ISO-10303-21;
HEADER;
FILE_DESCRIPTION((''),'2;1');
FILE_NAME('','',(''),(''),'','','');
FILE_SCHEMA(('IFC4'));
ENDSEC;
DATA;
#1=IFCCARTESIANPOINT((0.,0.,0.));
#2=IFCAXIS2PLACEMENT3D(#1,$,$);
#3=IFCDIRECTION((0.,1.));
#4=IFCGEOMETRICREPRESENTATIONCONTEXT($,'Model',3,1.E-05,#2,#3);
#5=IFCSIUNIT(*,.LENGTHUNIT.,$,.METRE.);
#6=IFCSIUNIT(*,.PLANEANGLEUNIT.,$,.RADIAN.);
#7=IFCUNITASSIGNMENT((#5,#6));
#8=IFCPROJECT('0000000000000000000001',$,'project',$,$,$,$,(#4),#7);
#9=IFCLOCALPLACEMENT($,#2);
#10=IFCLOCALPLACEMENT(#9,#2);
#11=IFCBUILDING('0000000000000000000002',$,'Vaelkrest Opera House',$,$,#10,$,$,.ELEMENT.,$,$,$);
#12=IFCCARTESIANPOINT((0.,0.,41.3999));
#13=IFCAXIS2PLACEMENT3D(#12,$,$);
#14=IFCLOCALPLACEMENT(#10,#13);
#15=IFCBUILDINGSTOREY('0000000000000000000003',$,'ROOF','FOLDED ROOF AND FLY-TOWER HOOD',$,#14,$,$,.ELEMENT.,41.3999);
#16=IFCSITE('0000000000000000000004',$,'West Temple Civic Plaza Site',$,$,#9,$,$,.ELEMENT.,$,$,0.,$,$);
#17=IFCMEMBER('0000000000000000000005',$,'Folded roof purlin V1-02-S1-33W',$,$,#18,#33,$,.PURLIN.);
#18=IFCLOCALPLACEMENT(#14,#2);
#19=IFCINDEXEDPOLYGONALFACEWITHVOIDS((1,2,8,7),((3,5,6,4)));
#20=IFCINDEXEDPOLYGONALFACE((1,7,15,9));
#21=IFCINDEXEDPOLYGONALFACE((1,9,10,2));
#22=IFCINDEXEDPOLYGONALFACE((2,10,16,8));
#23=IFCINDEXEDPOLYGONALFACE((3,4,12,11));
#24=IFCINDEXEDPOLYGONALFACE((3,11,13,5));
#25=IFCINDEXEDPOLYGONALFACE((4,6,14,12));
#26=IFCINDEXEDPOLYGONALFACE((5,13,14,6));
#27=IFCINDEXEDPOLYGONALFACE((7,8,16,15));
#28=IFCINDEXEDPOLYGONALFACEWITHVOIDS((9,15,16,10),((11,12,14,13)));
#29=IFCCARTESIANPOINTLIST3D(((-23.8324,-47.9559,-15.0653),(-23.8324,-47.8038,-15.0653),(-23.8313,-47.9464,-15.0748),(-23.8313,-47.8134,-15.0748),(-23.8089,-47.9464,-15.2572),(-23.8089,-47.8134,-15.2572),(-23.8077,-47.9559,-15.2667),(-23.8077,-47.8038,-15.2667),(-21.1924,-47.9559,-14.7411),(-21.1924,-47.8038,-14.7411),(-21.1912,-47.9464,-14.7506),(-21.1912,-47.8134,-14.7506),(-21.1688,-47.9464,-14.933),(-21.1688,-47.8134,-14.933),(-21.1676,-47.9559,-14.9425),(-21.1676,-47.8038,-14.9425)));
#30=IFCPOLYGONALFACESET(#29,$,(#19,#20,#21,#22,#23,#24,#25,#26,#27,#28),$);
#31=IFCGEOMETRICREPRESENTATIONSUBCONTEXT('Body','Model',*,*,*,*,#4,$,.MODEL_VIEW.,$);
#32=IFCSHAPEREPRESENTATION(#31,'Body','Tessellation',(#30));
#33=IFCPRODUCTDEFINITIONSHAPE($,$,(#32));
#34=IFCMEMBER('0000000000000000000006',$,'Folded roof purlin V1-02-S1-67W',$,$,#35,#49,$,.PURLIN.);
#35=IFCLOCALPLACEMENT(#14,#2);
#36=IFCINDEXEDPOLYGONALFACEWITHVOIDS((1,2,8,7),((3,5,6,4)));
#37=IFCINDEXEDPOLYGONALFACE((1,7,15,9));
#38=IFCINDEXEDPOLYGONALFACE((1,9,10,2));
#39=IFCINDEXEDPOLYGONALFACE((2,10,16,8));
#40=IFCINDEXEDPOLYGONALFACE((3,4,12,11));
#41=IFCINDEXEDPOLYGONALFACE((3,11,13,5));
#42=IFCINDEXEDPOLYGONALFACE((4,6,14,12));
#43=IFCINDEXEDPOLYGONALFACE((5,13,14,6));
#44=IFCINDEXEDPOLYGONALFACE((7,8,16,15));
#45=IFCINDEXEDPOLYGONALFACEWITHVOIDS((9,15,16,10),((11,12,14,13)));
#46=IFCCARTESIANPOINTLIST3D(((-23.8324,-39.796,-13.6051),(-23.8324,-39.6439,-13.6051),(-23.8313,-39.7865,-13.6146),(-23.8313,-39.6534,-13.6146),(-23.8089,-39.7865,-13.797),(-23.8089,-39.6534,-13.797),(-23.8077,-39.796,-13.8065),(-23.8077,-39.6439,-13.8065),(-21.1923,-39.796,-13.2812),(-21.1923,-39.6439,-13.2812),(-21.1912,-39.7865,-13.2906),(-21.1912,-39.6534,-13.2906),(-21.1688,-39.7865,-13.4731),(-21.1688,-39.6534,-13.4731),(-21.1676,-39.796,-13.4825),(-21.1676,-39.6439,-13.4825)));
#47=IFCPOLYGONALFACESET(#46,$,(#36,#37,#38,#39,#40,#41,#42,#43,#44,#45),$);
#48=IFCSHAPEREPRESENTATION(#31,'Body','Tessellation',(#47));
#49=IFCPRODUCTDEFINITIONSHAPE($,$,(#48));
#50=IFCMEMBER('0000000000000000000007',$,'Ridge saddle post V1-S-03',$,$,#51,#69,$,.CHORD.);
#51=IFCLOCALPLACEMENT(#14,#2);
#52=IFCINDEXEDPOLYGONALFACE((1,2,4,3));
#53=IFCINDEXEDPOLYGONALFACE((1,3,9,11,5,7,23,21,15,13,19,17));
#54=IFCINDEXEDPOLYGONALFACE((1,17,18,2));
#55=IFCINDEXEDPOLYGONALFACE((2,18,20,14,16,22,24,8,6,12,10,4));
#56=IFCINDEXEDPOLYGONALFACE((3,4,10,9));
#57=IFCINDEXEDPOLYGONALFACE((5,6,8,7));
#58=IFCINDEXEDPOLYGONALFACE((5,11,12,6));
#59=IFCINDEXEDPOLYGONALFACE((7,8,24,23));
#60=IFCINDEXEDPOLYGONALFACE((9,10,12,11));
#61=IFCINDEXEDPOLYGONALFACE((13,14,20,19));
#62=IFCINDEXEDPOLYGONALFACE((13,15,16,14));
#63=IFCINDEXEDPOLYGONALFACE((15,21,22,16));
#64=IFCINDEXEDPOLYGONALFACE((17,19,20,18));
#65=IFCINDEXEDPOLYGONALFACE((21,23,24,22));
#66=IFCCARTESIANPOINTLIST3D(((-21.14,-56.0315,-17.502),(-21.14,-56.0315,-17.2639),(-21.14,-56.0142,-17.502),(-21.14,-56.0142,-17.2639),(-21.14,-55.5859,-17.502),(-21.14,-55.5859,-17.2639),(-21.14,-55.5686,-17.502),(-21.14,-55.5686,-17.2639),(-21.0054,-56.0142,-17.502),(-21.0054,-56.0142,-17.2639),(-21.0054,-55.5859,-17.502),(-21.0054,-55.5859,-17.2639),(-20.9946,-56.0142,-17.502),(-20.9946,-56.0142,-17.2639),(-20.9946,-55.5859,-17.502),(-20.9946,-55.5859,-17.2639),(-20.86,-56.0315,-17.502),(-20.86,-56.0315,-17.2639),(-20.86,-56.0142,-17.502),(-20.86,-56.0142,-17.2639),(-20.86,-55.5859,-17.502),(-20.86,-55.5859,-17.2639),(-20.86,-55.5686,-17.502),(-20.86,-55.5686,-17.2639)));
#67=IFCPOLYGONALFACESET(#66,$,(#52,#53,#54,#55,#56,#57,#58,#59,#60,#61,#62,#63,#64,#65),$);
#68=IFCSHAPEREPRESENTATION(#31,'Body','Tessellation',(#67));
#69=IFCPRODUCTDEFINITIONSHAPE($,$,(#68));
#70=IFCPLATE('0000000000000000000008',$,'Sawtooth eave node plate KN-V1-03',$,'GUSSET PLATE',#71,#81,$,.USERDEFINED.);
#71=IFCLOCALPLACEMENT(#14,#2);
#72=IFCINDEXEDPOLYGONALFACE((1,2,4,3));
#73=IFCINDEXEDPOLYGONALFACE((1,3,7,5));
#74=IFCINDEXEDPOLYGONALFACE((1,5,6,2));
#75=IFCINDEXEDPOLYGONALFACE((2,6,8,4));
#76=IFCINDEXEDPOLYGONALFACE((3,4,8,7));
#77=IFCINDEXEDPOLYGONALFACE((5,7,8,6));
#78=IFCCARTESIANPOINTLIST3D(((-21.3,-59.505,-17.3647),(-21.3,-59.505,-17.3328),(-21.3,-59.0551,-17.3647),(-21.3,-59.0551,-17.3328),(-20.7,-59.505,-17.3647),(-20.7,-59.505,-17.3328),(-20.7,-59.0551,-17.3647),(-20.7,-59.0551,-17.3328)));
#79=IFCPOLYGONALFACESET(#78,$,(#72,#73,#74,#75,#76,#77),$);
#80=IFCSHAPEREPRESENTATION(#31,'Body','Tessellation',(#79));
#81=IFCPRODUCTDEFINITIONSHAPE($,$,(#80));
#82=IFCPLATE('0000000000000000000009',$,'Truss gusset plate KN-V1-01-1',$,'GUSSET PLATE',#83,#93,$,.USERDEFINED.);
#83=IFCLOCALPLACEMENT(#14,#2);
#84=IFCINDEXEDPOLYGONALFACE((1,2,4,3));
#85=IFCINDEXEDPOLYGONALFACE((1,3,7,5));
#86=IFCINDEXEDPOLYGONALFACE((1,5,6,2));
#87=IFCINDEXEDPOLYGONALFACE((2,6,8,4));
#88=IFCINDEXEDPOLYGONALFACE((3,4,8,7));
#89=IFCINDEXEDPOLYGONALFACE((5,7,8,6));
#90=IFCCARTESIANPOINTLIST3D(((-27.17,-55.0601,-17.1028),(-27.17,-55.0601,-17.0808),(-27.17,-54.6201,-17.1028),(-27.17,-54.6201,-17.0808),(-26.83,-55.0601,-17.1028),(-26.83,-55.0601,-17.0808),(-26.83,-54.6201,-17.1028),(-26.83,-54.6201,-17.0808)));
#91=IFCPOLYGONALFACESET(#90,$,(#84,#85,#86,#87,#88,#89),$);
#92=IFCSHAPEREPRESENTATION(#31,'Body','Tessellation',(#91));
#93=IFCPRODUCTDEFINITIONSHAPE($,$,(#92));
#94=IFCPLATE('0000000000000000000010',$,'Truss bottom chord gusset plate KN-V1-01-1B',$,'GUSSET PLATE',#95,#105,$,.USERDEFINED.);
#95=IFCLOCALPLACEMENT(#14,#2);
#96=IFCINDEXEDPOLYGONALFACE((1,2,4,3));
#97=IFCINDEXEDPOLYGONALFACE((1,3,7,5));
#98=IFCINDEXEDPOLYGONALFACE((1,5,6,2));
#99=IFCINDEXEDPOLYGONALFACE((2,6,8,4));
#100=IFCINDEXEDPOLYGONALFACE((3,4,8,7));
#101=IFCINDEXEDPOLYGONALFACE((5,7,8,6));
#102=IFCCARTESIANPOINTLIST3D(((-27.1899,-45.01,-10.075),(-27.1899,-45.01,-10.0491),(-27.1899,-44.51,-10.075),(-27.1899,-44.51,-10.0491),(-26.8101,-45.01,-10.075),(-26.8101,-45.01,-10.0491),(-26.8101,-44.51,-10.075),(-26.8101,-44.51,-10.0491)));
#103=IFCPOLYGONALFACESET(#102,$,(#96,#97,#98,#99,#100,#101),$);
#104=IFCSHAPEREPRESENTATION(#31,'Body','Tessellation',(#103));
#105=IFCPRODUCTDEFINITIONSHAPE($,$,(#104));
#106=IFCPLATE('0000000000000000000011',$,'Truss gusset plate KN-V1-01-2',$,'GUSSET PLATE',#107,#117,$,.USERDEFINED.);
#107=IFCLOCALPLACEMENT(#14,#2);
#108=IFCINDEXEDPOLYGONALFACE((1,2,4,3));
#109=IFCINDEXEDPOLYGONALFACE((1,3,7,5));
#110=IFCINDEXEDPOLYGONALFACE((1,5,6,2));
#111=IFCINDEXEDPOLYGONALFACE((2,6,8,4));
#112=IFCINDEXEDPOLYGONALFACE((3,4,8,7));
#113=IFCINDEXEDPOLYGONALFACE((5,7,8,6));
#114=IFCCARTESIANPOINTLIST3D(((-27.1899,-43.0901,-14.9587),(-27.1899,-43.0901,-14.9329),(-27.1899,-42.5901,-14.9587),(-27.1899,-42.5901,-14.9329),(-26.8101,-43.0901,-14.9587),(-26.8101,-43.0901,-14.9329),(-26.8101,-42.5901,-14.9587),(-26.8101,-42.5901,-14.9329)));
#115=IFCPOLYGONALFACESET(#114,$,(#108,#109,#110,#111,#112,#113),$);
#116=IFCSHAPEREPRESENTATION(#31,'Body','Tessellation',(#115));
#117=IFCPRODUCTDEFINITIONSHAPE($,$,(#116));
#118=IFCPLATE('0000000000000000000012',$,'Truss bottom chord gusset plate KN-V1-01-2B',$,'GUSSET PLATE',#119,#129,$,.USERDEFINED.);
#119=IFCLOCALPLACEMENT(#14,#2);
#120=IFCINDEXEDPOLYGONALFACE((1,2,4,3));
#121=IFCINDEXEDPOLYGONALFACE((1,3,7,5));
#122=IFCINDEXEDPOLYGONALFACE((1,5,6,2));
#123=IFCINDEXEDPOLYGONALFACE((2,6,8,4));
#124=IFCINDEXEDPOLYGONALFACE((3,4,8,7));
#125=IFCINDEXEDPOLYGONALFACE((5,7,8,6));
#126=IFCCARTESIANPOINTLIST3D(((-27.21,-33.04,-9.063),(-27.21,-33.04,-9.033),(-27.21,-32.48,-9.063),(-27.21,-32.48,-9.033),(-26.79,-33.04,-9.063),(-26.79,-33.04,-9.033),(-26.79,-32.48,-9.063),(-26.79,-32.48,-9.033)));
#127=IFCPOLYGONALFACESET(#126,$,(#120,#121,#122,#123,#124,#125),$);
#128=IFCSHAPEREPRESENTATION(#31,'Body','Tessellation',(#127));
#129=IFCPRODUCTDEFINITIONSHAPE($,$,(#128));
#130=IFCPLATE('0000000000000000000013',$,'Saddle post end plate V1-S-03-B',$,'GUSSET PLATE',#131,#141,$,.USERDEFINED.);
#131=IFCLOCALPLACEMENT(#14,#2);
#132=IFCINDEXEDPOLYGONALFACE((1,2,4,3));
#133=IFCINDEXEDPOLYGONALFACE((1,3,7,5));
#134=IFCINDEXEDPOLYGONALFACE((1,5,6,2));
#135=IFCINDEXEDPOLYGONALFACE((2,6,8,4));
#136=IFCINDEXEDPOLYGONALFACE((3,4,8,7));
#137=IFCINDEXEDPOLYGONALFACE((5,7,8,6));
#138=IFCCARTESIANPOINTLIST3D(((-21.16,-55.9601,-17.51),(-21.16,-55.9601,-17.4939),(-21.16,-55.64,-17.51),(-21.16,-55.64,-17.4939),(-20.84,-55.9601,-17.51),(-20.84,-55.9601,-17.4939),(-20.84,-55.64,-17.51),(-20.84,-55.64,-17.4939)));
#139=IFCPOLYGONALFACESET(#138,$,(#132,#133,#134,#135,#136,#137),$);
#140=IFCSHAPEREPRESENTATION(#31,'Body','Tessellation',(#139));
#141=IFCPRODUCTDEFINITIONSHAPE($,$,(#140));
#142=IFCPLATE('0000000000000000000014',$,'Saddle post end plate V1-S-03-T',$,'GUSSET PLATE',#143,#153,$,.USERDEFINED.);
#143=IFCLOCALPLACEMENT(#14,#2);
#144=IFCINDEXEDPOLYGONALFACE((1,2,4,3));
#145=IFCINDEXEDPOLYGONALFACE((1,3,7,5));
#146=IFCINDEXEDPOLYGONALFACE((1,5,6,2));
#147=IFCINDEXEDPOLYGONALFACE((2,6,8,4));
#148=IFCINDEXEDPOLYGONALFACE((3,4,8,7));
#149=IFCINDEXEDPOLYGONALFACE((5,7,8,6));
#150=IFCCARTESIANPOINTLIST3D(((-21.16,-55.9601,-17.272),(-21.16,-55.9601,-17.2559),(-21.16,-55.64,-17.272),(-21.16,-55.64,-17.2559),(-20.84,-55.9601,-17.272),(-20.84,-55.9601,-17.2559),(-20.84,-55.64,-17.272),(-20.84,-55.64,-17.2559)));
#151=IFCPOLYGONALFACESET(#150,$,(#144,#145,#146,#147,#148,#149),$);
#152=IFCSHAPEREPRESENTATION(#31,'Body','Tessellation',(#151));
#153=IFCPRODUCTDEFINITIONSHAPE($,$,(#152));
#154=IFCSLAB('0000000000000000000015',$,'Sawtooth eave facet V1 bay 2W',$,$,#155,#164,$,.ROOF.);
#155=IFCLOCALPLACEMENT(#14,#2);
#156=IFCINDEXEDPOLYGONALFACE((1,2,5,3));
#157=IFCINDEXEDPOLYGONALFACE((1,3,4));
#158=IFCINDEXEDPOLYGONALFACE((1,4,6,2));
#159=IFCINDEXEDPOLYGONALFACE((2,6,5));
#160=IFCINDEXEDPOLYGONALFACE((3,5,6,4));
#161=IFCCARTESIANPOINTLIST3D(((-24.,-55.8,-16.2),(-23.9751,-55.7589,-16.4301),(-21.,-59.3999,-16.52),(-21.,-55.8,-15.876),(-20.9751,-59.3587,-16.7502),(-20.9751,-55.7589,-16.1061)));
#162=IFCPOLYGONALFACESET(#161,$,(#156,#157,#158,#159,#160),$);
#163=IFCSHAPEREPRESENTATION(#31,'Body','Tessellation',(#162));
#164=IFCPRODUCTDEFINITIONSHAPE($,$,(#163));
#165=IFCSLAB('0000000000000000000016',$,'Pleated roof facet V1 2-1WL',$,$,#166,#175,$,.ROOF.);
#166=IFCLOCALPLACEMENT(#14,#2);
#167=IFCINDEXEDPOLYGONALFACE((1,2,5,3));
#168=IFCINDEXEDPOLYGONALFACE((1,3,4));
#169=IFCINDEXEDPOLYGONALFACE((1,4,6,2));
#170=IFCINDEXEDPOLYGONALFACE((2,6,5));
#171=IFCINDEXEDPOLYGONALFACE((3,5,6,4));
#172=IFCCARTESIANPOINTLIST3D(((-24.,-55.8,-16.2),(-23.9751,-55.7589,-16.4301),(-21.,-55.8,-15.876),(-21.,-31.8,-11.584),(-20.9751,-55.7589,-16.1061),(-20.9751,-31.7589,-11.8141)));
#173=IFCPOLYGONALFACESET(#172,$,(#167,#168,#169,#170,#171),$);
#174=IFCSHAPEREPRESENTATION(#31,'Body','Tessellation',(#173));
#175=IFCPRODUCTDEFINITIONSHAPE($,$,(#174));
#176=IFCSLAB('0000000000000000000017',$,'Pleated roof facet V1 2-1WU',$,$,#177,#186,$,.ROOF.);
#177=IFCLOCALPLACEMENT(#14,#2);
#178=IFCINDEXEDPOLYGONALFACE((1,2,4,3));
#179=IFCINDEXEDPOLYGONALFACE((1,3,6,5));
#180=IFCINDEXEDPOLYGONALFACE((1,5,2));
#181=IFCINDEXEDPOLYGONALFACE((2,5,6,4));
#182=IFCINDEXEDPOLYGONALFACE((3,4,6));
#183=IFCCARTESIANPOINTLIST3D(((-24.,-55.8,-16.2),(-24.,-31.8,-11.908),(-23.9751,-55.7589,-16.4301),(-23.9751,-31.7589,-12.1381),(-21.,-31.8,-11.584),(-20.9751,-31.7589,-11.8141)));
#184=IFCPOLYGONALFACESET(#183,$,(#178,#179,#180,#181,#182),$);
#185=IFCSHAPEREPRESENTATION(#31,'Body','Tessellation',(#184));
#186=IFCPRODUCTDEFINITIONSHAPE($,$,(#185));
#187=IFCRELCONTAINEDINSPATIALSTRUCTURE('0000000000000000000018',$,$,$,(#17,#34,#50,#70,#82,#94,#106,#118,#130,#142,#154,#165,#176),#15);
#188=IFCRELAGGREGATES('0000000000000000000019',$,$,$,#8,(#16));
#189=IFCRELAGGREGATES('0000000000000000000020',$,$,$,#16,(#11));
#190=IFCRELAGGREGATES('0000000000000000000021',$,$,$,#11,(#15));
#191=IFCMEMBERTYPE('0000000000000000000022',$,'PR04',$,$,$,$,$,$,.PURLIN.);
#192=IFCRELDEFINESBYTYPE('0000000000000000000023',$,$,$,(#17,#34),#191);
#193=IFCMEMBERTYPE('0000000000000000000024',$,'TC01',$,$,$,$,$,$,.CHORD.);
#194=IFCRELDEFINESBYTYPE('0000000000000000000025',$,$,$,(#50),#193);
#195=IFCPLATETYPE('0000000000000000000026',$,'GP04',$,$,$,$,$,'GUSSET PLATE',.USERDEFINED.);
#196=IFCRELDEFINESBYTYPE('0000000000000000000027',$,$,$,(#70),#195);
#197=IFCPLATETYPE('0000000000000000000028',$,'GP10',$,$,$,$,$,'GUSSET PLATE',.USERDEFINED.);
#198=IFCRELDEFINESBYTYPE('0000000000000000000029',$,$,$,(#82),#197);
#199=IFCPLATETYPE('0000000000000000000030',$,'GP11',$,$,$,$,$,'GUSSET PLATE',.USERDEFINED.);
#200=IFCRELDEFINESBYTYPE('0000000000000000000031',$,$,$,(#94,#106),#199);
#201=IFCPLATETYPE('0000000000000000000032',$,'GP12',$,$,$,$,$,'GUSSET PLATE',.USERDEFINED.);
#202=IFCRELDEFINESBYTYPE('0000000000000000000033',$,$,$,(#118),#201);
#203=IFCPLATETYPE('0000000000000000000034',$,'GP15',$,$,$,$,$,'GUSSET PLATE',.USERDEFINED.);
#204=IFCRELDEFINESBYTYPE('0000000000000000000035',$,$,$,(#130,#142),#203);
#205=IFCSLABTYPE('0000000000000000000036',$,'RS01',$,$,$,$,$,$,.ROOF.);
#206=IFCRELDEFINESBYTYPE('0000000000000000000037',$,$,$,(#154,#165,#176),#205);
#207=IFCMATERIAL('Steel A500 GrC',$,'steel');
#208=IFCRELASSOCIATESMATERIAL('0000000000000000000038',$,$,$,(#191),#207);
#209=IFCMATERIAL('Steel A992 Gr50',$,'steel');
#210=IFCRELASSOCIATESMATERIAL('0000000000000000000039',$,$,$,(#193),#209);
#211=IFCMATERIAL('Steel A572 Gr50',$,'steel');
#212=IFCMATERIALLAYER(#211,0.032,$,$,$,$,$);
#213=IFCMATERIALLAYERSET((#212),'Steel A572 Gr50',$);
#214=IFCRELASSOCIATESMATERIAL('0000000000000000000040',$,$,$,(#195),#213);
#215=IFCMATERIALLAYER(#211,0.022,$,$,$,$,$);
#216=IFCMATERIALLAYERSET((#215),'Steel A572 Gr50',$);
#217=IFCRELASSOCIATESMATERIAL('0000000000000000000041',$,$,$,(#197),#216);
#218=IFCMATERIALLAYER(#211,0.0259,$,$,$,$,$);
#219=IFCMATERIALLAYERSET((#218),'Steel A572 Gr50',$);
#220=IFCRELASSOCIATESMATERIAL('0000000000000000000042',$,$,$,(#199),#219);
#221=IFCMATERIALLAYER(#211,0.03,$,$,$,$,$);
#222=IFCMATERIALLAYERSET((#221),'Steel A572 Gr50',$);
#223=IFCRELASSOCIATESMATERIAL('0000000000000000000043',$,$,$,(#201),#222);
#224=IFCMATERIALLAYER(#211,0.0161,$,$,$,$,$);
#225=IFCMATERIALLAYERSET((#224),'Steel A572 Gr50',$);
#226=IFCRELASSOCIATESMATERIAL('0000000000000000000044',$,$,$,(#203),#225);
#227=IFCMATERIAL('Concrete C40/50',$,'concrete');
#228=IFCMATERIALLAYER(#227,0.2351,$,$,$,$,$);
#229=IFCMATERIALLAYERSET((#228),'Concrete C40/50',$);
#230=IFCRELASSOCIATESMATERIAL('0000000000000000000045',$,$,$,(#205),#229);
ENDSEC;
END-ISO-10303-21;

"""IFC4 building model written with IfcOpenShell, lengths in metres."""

from ifc_helpers import new_model, si_unit, direction, frame, origin, origin_2d, place, context, subcontext, project, spatial, polyline, rectangle, hollow_rectangle, i_section, outline, extrude, material, layer, layer_set, material_profile, profile_set, type_object, element, save


model = new_model("IFC4")

# Units and contexts
model_context = context("Model", 3, precision=1e-05, world=origin(), true_north=direction((0.0, 1.0)))
body_context = subcontext(model_context, "Body", "Model", "MODEL_VIEW")
ifc_project = project(units=[si_unit("LENGTHUNIT", "METRE"), si_unit("PLANEANGLEUNIT", "RADIAN")], contexts=[model_context])

# Site, building, storey
site_placement = place(None, origin())
site = spatial("IfcSite", under=ifc_project, at=site_placement, Name="West Temple Civic Plaza Site", CompositionType="ELEMENT", RefElevation=0.0)
building_placement = place(site_placement, origin())
building = spatial("IfcBuilding", under=site, at=building_placement, Name="Vaelkrest Opera House", CompositionType="ELEMENT")
storey_placement = place(building_placement, frame((0.0, 0.0, 41.3999)))
storey = spatial("IfcBuildingStorey", under=building, at=storey_placement, Name="ROOF", Description="FOLDED ROOF AND FLY-TOWER HOOD", CompositionType="ELEMENT", Elevation=41.3999)

# Shared definitions
ifc_material_1 = material(Name="Steel A992 Gr50", Category="steel")

# Members
ifc_material_2 = material(Name="Steel A500 GrC", Category="steel")
ifc_material_profile_1 = material_profile(ifc_material_2, hollow_rectangle(XDim=0.1521, YDim=0.2029, WallThickness=0.0095, at=origin_2d()), Name="HSS203X152X9.5")
ifc_profile_set_1 = profile_set([ifc_material_profile_1], Name="Steel A500 GrC")
member_type_1 = type_object("IfcMemberType", Name="PR04", PredefinedType="PURLIN", material=ifc_profile_set_1)
for number, where, z_axis, x_axis, name in (
    (1, (-23.8201, -47.8799, -15.166), (0.992544, 0.0, 0.121888), (0.0, 1.0, 0.0), "Folded roof purlin V1-02-S1-33W"),
    (2, (-23.8201, -39.72, -13.7058), (0.992555, 0.0, 0.121798), (0.0, 1.0, 0.0), "Folded roof purlin V1-02-S1-67W"),
):
    element("IfcMember", number, at=place(storey_placement, frame(where, z_axis=z_axis, x_axis=x_axis)), inside=storey, type_object=member_type_1, Name=name, PredefinedType="PURLIN", context=body_context, shape_type="SweptSolid", body=[
        extrude(hollow_rectangle(XDim=0.1521, YDim=0.2029, WallThickness=0.0095, at=origin_2d()), origin(), (0.0, 0.0, 1.0), 2.6599),
    ])
ifc_material_profile_2 = material_profile(ifc_material_1, i_section(OverallWidth=0.28, OverallDepth=0.4629, WebThickness=0.0107, FlangeThickness=0.0173, at=origin_2d()), Name="W18X76")
ifc_profile_set_2 = profile_set([ifc_material_profile_2], Name="Steel A992 Gr50")
member_type_2 = type_object("IfcMemberType", Name="TC01", PredefinedType="CHORD", material=ifc_profile_set_2)
member_1_placement = place(storey_placement, frame((-21.0, -55.8, -17.502), z_axis=(0.0, 0.0, 1.0), x_axis=(1.0, 0.0, 0.0)))
element("IfcMember", 3, at=member_1_placement, inside=storey, type_object=member_type_2, Name="Ridge saddle post V1-S-03", PredefinedType="CHORD", context=body_context, shape_type="SweptSolid", body=[
    extrude(i_section(OverallWidth=0.28, OverallDepth=0.4629, WebThickness=0.0107, FlangeThickness=0.0173, at=origin_2d()), origin(), (0.0, 0.0, 1.0), 0.238),
])

# Plates
ifc_material_3 = material(Name="Steel A572 Gr50", Category="steel")
ifc_layer_1 = layer(ifc_material_3, 0.032)
ifc_layer_set_1 = layer_set([ifc_layer_1], Name="Steel A572 Gr50")
plate_type_1 = type_object("IfcPlateType", Name="GP04", ElementType="GUSSET PLATE", PredefinedType="USERDEFINED", material=ifc_layer_set_1)
plate_1_placement = place(storey_placement, frame((-21.0, -59.28, -17.3647), z_axis=(0.0, 0.0, 1.0), x_axis=(1.0, 0.0, 0.0)))
element("IfcPlate", 4, at=plate_1_placement, inside=storey, type_object=plate_type_1, Name="Sawtooth eave node plate KN-V1-03", ObjectType="GUSSET PLATE", PredefinedType="USERDEFINED", context=body_context, shape_type="SweptSolid", body=[
    extrude(rectangle(XDim=0.6001, YDim=0.45, at=origin_2d()), origin(), (0.0, 0.0, 1.0), 0.032),
])
ifc_layer_2 = layer(ifc_material_3, 0.022)
ifc_layer_set_2 = layer_set([ifc_layer_2], Name="Steel A572 Gr50")
plate_type_2 = type_object("IfcPlateType", Name="GP10", ElementType="GUSSET PLATE", PredefinedType="USERDEFINED", material=ifc_layer_set_2)
plate_2_placement = place(storey_placement, frame((-27.0, -54.8401, -17.1028), z_axis=(0.0, 0.0, 1.0), x_axis=(0.0, 1.0, 0.0)))
element("IfcPlate", 5, at=plate_2_placement, inside=storey, type_object=plate_type_2, Name="Truss gusset plate KN-V1-01-1", ObjectType="GUSSET PLATE", PredefinedType="USERDEFINED", context=body_context, shape_type="SweptSolid", body=[
    extrude(rectangle(XDim=0.4399, YDim=0.3401, at=origin_2d()), origin(), (0.0, 0.0, 1.0), 0.022),
])
ifc_layer_3 = layer(ifc_material_3, 0.0259)
ifc_layer_set_3 = layer_set([ifc_layer_3], Name="Steel A572 Gr50")
plate_type_3 = type_object("IfcPlateType", Name="GP11", ElementType="GUSSET PLATE", PredefinedType="USERDEFINED", material=ifc_layer_set_3)
for number, where, z_axis, x_axis, name in (
    (6, (-27.0, -44.76, -10.075), (0.0, 0.0, 1.0), (0.0, 1.0, 0.0), "Truss bottom chord gusset plate KN-V1-01-1B"),
    (7, (-27.0, -42.8401, -14.9587), (0.0, 0.0, 1.0), (0.0, 1.0, 0.0), "Truss gusset plate KN-V1-01-2"),
):
    element("IfcPlate", number, at=place(storey_placement, frame(where, z_axis=z_axis, x_axis=x_axis)), inside=storey, type_object=plate_type_3, Name=name, ObjectType="GUSSET PLATE", PredefinedType="USERDEFINED", context=body_context, shape_type="SweptSolid", body=[
        extrude(rectangle(XDim=0.5, YDim=0.3799, at=origin_2d()), origin(), (0.0, 0.0, 1.0), 0.0259),
    ])
ifc_layer_4 = layer(ifc_material_3, 0.03)
ifc_layer_set_4 = layer_set([ifc_layer_4], Name="Steel A572 Gr50")
plate_type_4 = type_object("IfcPlateType", Name="GP12", ElementType="GUSSET PLATE", PredefinedType="USERDEFINED", material=ifc_layer_set_4)
plate_3_placement = place(storey_placement, frame((-27.0, -32.76, -9.063), z_axis=(0.0, 0.0, 1.0), x_axis=(0.0, 1.0, 0.0)))
element("IfcPlate", 8, at=plate_3_placement, inside=storey, type_object=plate_type_4, Name="Truss bottom chord gusset plate KN-V1-01-2B", ObjectType="GUSSET PLATE", PredefinedType="USERDEFINED", context=body_context, shape_type="SweptSolid", body=[
    extrude(rectangle(XDim=0.5601, YDim=0.4199, at=origin_2d()), origin(), (0.0, 0.0, 1.0), 0.03),
])
ifc_layer_5 = layer(ifc_material_3, 0.0161)
ifc_layer_set_5 = layer_set([ifc_layer_5], Name="Steel A572 Gr50")
plate_type_5 = type_object("IfcPlateType", Name="GP15", ElementType="GUSSET PLATE", PredefinedType="USERDEFINED", material=ifc_layer_set_5)
for number, where, z_axis, x_axis, name in (
    (9, (-21.0, -55.8, -17.51), (0.0, 0.0, 1.0), (1.0, 0.0, 0.0), "Saddle post end plate V1-S-03-B"),
    (10, (-21.0, -55.8, -17.272), (0.0, 0.0, 1.0), (1.0, 0.0, 0.0), "Saddle post end plate V1-S-03-T"),
):
    element("IfcPlate", number, at=place(storey_placement, frame(where, z_axis=z_axis, x_axis=x_axis)), inside=storey, type_object=plate_type_5, Name=name, ObjectType="GUSSET PLATE", PredefinedType="USERDEFINED", context=body_context, shape_type="SweptSolid", body=[
        extrude(rectangle(XDim=0.3201, YDim=0.3201, at=origin_2d()), origin(), (0.0, 0.0, 1.0), 0.0161),
    ])

# Slabs
ifc_material_4 = material(Name="Concrete C40/50", Category="concrete")
ifc_layer_6 = layer(ifc_material_4, 0.2351)
ifc_layer_set_6 = layer_set([ifc_layer_6], Name="Concrete C40/50")
slab_type = type_object("IfcSlabType", Name="RS01", PredefinedType="ROOF", material=ifc_layer_set_6)
slab_1_placement = place(storey_placement, frame((-24.0, -55.8, -16.2), z_axis=(-0.105708, -0.175125, 0.978855), x_axis=(0.638712, -0.766423, -0.068144)))
element("IfcSlab", 11, at=slab_1_placement, inside=storey, type_object=slab_type, Name="Sawtooth eave facet V1 bay 2W", PredefinedType="ROOF", context=body_context, shape_type="SweptSolid", body=[
    extrude(outline(polyline([(0.0, 0.0), (4.697, 0.0), (1.8941, 2.3489), (0.0, 0.0)])), origin(), (0.0, 0.0, -1.0), 0.2351),
])
slab_2_placement = place(storey_placement, frame((-24.0, -55.8, -16.2), z_axis=(-0.105709, -0.175054, 0.978868), x_axis=(0.994219, 0.0, 0.107367)))
element("IfcSlab", 12, at=slab_2_placement, inside=storey, type_object=slab_type, Name="Pleated roof facet V1 2-1WL", PredefinedType="ROOF", context=body_context, shape_type="SweptSolid", body=[
    extrude(outline(polyline([(0.0, 0.0), (3.0174, 0.0), (3.4783, 24.3764), (0.0, 0.0)])), origin(), (0.0, 0.0, -1.0), 0.2351),
])
slab_3_placement = place(storey_placement, frame((-24.0, -55.8, -16.2), z_axis=(-0.105709, -0.175054, 0.978868), x_axis=(0.121836, 0.974686, 0.187463)))
element("IfcSlab", 13, at=slab_3_placement, inside=storey, type_object=slab_type, Name="Pleated roof facet V1 2-1WU", PredefinedType="ROOF", context=body_context, shape_type="SweptSolid", body=[
    extrude(outline(polyline([(0.0, 0.0), (24.6233, 0.0), (24.1971, 2.9872), (0.0, 0.0)])), origin(), (0.0, 0.0, -1.0), 0.2351),
])

save(model, "model.ifc")
